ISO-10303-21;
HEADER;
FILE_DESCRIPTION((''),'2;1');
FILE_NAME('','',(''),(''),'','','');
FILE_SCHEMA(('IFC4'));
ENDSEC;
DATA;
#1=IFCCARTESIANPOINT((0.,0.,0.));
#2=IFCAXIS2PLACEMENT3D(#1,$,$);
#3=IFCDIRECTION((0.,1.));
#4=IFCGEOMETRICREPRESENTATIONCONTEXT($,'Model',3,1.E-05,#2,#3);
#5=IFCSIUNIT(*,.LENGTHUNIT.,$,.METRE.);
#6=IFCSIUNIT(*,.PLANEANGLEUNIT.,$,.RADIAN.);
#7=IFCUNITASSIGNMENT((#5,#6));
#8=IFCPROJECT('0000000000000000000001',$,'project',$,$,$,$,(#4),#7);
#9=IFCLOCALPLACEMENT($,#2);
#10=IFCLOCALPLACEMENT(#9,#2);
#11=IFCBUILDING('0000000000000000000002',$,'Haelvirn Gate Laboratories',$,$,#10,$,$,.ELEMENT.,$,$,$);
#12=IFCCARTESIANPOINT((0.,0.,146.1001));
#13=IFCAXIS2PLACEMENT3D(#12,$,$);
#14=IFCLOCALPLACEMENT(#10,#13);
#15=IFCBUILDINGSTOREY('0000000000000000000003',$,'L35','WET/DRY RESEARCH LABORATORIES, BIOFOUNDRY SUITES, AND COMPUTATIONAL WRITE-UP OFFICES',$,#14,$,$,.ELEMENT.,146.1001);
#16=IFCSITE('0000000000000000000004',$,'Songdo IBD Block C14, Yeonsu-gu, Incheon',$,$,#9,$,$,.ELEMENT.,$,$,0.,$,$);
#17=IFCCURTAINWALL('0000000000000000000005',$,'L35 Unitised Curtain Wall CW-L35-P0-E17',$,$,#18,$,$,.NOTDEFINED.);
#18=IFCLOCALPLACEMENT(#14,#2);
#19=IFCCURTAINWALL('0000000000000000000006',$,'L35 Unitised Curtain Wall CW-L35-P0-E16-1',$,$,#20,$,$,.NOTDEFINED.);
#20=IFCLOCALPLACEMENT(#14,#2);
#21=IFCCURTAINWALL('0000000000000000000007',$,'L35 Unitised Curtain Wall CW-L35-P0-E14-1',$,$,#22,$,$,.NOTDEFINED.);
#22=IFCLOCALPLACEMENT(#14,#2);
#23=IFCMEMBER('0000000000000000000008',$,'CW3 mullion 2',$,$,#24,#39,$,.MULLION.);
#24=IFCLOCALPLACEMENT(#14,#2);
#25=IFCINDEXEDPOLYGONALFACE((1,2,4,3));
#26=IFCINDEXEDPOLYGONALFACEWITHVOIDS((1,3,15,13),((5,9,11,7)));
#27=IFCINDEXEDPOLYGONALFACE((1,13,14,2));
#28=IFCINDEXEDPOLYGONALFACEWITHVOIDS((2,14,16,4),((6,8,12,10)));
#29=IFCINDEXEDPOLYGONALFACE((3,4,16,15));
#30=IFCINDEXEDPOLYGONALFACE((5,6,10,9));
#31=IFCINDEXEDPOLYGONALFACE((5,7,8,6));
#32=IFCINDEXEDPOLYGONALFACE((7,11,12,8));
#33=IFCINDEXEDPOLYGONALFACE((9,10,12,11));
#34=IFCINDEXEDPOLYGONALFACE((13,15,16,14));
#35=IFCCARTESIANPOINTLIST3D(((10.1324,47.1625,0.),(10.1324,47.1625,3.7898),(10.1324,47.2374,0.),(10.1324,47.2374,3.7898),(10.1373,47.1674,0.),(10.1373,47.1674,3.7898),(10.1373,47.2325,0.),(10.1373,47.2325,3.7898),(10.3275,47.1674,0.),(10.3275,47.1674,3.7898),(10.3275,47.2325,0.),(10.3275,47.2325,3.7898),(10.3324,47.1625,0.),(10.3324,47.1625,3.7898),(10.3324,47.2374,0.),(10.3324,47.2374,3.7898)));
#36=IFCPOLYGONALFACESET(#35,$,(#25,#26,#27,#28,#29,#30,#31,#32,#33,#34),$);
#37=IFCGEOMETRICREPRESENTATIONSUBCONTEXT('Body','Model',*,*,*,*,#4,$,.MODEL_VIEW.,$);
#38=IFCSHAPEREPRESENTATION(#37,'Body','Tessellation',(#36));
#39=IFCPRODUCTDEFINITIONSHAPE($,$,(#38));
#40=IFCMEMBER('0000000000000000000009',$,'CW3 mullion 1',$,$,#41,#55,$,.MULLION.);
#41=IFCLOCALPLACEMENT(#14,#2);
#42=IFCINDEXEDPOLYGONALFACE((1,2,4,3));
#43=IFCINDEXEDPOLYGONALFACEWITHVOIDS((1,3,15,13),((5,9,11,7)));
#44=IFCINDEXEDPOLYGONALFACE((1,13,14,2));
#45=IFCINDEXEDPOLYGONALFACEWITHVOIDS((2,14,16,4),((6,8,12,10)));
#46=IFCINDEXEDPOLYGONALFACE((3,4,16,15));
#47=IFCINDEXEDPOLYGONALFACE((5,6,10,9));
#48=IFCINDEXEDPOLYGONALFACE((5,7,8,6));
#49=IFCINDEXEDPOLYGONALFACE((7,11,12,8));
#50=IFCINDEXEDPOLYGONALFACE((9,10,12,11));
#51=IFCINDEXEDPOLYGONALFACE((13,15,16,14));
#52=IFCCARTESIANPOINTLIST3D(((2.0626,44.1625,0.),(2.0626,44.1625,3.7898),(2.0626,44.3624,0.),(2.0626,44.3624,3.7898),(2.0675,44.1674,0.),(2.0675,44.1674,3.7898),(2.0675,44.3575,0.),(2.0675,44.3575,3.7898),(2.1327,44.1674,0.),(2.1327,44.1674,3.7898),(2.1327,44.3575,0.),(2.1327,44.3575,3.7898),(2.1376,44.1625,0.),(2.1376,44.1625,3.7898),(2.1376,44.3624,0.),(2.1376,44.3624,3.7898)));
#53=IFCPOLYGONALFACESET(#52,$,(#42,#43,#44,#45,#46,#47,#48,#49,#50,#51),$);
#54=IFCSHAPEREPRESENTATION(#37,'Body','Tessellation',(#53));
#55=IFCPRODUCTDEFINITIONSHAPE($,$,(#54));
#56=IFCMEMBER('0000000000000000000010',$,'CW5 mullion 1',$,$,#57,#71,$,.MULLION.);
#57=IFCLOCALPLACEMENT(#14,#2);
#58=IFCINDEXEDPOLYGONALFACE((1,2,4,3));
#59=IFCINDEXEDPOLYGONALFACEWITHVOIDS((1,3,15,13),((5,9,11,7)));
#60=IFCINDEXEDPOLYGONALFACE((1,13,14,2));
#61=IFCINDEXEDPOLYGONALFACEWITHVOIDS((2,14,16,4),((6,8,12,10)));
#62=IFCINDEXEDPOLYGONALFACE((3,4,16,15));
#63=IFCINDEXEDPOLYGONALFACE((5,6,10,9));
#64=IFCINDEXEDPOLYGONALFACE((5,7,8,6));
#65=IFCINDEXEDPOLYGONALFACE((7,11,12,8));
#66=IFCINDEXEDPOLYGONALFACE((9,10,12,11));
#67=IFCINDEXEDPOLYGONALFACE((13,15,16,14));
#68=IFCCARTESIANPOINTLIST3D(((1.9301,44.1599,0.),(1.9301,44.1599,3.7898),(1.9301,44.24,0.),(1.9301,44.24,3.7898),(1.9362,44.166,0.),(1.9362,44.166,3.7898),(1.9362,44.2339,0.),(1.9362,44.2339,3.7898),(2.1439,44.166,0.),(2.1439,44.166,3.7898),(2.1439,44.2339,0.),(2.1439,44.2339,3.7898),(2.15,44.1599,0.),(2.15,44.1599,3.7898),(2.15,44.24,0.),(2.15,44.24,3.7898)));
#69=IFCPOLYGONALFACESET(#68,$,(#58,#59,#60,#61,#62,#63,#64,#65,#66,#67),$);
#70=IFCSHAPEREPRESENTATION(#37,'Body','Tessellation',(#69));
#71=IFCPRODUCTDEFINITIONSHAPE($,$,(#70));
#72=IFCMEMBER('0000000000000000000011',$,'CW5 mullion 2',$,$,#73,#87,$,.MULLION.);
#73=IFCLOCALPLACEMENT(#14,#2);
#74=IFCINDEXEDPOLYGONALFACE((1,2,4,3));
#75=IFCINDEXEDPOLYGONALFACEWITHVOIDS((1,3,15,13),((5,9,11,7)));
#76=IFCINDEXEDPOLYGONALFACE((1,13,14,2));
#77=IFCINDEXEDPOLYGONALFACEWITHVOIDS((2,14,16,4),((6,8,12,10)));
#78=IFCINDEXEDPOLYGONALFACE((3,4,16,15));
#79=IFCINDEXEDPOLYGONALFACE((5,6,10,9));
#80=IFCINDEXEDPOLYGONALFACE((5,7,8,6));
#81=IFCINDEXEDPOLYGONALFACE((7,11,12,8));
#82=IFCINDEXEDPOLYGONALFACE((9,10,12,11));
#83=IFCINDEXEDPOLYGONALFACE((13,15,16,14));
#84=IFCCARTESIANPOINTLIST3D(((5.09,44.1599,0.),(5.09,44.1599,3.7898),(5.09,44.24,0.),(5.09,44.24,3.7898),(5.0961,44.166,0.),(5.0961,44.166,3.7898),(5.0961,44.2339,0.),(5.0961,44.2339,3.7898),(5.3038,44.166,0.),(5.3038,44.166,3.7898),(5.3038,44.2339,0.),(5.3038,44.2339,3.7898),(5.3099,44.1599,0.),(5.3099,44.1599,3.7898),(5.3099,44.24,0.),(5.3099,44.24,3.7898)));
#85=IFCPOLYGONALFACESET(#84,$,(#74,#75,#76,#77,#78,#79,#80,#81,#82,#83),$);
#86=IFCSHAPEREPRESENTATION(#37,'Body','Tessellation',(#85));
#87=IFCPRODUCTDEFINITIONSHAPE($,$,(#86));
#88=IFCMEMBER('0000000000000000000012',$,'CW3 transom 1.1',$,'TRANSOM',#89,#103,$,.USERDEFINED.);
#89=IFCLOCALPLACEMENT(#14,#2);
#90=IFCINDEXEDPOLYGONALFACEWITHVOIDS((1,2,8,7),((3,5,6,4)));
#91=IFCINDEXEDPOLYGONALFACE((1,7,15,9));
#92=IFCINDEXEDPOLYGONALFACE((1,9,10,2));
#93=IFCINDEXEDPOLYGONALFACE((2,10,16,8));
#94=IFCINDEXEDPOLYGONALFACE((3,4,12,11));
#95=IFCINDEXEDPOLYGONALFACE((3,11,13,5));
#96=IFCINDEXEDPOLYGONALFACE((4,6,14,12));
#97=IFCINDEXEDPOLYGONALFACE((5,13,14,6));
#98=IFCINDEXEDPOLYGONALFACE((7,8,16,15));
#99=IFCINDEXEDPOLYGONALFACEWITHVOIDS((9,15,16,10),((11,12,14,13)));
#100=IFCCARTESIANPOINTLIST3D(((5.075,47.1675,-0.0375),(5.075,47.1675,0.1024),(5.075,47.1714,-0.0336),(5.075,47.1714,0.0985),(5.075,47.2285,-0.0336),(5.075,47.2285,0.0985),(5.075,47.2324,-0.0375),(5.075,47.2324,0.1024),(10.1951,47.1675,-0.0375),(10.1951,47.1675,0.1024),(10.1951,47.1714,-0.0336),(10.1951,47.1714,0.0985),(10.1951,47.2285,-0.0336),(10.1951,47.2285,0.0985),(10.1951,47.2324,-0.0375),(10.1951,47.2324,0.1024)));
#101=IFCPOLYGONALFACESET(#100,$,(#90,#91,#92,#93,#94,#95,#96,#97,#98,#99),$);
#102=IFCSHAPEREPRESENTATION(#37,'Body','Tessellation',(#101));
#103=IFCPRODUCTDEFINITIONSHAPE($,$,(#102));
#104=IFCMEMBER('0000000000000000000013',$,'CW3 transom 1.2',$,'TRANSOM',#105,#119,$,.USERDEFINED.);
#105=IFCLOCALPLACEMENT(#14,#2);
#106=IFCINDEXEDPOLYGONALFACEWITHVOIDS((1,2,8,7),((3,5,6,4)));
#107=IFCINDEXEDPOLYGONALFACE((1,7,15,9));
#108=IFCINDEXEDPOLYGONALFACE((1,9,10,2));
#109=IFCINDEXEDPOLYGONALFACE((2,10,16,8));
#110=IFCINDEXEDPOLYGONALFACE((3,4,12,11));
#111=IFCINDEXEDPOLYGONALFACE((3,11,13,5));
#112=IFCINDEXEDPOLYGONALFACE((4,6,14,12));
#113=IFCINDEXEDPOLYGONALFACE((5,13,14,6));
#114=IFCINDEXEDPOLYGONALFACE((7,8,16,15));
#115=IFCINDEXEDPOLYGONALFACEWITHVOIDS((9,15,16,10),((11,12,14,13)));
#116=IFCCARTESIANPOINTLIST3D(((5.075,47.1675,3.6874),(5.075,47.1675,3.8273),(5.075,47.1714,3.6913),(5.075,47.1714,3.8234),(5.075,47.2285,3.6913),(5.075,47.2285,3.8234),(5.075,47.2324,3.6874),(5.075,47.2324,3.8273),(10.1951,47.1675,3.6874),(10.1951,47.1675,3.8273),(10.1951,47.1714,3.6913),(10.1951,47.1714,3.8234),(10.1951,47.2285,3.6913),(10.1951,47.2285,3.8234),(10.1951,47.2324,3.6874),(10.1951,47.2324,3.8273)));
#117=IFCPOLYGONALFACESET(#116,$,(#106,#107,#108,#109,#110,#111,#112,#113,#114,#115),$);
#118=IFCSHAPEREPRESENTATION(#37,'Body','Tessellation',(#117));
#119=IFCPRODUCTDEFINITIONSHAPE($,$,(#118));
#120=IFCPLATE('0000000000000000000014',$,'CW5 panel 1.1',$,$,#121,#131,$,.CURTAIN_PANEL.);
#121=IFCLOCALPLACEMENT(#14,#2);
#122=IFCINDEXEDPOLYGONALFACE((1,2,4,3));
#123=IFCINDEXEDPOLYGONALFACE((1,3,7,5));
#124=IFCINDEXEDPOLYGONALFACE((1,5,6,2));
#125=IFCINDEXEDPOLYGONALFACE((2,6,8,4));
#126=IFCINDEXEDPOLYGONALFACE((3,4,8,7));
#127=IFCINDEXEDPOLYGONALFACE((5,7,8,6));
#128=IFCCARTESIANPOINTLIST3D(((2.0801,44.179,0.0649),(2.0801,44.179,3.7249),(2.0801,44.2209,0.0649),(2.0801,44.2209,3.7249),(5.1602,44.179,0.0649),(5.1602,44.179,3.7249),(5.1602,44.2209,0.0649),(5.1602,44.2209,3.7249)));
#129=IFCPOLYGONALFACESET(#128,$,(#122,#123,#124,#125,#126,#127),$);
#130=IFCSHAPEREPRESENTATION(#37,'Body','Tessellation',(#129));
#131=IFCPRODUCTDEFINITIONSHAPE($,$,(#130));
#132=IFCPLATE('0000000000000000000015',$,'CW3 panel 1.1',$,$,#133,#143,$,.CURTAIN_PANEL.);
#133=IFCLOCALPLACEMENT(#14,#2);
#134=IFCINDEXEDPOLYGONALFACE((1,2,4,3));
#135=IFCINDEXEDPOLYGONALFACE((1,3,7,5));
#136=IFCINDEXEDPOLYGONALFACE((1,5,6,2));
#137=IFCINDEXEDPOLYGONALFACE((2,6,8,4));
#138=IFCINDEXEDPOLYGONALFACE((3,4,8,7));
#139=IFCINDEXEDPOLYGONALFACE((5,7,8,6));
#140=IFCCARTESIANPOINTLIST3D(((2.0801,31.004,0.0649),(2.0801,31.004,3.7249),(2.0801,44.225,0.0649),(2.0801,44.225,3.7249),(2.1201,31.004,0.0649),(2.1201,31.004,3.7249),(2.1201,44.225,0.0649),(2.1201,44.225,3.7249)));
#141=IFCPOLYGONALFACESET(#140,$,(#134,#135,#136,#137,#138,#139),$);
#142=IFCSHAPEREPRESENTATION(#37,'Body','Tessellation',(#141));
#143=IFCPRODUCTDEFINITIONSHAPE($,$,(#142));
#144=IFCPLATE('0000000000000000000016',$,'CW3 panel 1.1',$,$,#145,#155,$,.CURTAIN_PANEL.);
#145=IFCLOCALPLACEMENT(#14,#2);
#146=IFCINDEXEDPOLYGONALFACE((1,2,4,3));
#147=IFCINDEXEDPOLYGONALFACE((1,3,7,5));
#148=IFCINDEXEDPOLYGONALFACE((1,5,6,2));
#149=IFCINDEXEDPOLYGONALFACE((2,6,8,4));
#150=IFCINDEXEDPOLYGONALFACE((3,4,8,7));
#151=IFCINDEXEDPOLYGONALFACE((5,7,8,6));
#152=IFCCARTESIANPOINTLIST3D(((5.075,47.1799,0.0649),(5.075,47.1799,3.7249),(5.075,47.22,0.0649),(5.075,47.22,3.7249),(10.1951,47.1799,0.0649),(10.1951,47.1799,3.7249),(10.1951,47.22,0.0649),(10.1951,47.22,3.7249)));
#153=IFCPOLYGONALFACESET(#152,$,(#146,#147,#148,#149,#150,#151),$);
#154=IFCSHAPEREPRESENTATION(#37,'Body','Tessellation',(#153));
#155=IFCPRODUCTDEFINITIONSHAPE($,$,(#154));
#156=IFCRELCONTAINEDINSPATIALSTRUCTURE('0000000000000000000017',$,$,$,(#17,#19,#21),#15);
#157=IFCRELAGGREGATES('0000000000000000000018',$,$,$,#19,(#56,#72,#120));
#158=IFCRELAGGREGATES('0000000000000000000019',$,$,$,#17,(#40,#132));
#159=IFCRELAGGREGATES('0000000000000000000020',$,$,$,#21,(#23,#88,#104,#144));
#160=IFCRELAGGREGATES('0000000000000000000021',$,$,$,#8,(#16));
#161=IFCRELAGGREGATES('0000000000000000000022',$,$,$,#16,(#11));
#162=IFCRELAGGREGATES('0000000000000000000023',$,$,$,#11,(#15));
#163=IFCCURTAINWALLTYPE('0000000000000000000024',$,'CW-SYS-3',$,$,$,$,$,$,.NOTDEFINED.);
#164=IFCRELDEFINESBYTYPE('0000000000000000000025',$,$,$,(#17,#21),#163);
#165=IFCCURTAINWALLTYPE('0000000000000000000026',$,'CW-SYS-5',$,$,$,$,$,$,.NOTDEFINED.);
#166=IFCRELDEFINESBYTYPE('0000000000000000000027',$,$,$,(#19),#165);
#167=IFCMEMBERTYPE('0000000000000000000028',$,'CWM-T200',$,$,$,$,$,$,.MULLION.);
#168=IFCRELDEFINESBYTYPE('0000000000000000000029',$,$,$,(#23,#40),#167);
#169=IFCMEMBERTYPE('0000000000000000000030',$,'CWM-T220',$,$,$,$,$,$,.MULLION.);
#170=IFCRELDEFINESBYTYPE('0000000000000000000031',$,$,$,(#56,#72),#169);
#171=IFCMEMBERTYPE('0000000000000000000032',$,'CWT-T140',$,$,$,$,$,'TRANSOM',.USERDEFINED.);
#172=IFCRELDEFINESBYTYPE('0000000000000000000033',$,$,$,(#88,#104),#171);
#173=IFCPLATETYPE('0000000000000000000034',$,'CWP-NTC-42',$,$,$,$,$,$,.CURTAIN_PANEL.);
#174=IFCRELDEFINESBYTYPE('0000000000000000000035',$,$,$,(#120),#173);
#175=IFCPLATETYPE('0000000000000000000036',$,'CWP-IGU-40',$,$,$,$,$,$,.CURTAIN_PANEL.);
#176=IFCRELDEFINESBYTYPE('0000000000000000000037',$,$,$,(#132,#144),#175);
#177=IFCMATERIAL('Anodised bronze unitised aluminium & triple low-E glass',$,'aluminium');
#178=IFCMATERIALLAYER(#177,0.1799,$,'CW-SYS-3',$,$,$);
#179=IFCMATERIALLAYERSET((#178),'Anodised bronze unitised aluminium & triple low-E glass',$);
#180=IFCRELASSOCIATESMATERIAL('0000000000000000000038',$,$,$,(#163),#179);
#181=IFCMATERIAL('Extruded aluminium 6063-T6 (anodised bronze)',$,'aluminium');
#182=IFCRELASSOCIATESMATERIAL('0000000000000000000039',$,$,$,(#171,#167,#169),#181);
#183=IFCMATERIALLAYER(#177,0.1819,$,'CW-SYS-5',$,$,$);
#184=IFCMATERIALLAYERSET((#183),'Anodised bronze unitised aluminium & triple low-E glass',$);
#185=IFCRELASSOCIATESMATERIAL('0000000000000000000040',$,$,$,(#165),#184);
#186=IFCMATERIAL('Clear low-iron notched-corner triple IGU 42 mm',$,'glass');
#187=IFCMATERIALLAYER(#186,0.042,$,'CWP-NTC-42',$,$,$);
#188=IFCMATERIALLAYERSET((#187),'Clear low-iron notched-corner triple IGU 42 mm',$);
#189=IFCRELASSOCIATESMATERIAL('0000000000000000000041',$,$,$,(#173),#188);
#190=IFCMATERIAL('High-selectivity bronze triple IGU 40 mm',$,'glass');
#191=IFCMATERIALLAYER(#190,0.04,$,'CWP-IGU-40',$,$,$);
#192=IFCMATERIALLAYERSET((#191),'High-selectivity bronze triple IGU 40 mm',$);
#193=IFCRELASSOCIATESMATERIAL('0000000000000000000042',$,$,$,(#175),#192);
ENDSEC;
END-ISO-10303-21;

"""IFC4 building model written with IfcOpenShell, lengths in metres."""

from ifc_helpers import new_model, si_unit, direction, frame, origin, origin_2d, place, context, subcontext, project, spatial, rectangle, hollow_rectangle, extrude, source, transform, mapped, material, layer, layer_set, material_profile, profile_set, type_object, type_shapes, element, aggregate, save


model = new_model("IFC4")

# Units and contexts
model_context = context("Model", 3, precision=1e-05, world=origin(), true_north=direction((0.0, 1.0)))
body_context = subcontext(model_context, "Body", "Model", "MODEL_VIEW")
ifc_project = project(units=[si_unit("LENGTHUNIT", "METRE"), si_unit("PLANEANGLEUNIT", "RADIAN")], contexts=[model_context])

# Site, building, storey
site_placement = place(None, origin())
site = spatial("IfcSite", under=ifc_project, at=site_placement, Name="Songdo IBD Block C14, Yeonsu-gu, Incheon", CompositionType="ELEMENT", RefElevation=0.0)
building_placement = place(site_placement, origin())
building = spatial("IfcBuilding", under=site, at=building_placement, Name="Haelvirn Gate Laboratories", CompositionType="ELEMENT")
storey_placement = place(building_placement, frame((0.0, 0.0, 146.1001)))
storey = spatial("IfcBuildingStorey", under=building, at=storey_placement, Name="L35", Description="WET/DRY RESEARCH LABORATORIES, BIOFOUNDRY SUITES, AND COMPUTATIONAL WRITE-UP OFFICES", CompositionType="ELEMENT", Elevation=146.1001)

# Curtain walls, member
ifc_material_1 = material(Name="Anodised bronze unitised aluminium & triple low-E glass", Category="aluminium")
ifc_layer_1 = layer(ifc_material_1, 0.1799, Name="CW-SYS-3")
ifc_layer_set_1 = layer_set([ifc_layer_1], Name="Anodised bronze unitised aluminium & triple low-E glass")
curtain_wall_type_1 = type_object("IfcCurtainWallType", Name="CW-SYS-3", PredefinedType="NOTDEFINED", material=ifc_layer_set_1)
curtain_wall_1_placement = place(storey_placement, origin())
curtain_wall_1 = element("IfcCurtainWall", 1, at=curtain_wall_1_placement, inside=storey, type_object=curtain_wall_type_1, Name="L35 Unitised Curtain Wall CW-L35-P0-E17", PredefinedType="NOTDEFINED")
ifc_material_2 = material(Name="Extruded aluminium 6063-T6 (anodised bronze)", Category="aluminium")
ifc_material_profile_1 = material_profile(ifc_material_2, hollow_rectangle(XDim=0.0649, YDim=0.1399, WallThickness=0.0039, at=origin_2d()), Name="CWT-140x65x4")
ifc_profile_set_1 = profile_set([ifc_material_profile_1], Name="Extruded aluminium 6063-T6 (anodised bronze)")
member_type_1 = type_object("IfcMemberType", Name="CWT-T140", ElementType="TRANSOM", PredefinedType="USERDEFINED", material=ifc_profile_set_1)
ifc_layer_2 = layer(ifc_material_1, 0.1819, Name="CW-SYS-5")
ifc_layer_set_2 = layer_set([ifc_layer_2], Name="Anodised bronze unitised aluminium & triple low-E glass")
curtain_wall_type_2 = type_object("IfcCurtainWallType", Name="CW-SYS-5", PredefinedType="NOTDEFINED", material=ifc_layer_set_2)
curtain_wall_2_placement = place(storey_placement, origin())
curtain_wall_2 = element("IfcCurtainWall", 2, at=curtain_wall_2_placement, inside=storey, type_object=curtain_wall_type_2, Name="L35 Unitised Curtain Wall CW-L35-P0-E16-1", PredefinedType="NOTDEFINED")
curtain_wall_3_placement = place(storey_placement, origin())
curtain_wall_3 = element("IfcCurtainWall", 3, at=curtain_wall_3_placement, inside=storey, type_object=curtain_wall_type_1, Name="L35 Unitised Curtain Wall CW-L35-P0-E14-1", PredefinedType="NOTDEFINED")
ifc_material_profile_2 = material_profile(ifc_material_2, hollow_rectangle(XDim=0.075, YDim=0.2, WallThickness=0.0049, at=origin_2d()), Name="CWM-200x75x5")
ifc_profile_set_2 = profile_set([ifc_material_profile_2], Name="Extruded aluminium 6063-T6 (anodised bronze)")
member_type_2 = type_object("IfcMemberType", Name="CWM-T200", PredefinedType="MULLION", material=ifc_profile_set_2)
shared_shape_1 = source(origin(), body_context, "Body", "SweptSolid", [
    extrude(hollow_rectangle(XDim=0.075, YDim=0.2, WallThickness=0.0049, at=origin_2d()), origin(), (0.0, 0.0, 1.0), 3.7898),
])
type_shapes(member_type_2, [shared_shape_1])
member_1_placement = place(storey_placement, frame((10.2324, 47.2, 0.0), z_axis=(0.0, 0.0, 1.0), x_axis=(0.0, 1.0, 0.0)))
member_1 = element("IfcMember", 4, at=member_1_placement, type_object=member_type_2, Name="CW3 mullion 2", PredefinedType="MULLION", context=body_context, shape_type="MappedRepresentation", body=[
    mapped(shared_shape_1, transform((0.0, 0.0, 0.0), scale=1.0)),
])

# Members
member_2_placement = place(storey_placement, frame((2.1001, 44.2625, 0.0), z_axis=(0.0, 0.0, 1.0), x_axis=(1.0, 0.0, 0.0)))
member_2 = element("IfcMember", 5, at=member_2_placement, type_object=member_type_2, Name="CW3 mullion 1", PredefinedType="MULLION", context=body_context, shape_type="MappedRepresentation", body=[
    mapped(shared_shape_1, transform((0.0, 0.0, 0.0), scale=1.0)),
])
ifc_material_profile_3 = material_profile(ifc_material_2, hollow_rectangle(XDim=0.0801, YDim=0.22, WallThickness=0.0061, at=origin_2d()), Name="CWM-220x80x6")
ifc_profile_set_3 = profile_set([ifc_material_profile_3], Name="Extruded aluminium 6063-T6 (anodised bronze)")
member_type_3 = type_object("IfcMemberType", Name="CWM-T220", PredefinedType="MULLION", material=ifc_profile_set_3)
shared_shape_2 = source(origin(), body_context, "Body", "SweptSolid", [
    extrude(hollow_rectangle(XDim=0.0801, YDim=0.22, WallThickness=0.0061, at=origin_2d()), origin(), (0.0, 0.0, 1.0), 3.7898),
])
type_shapes(member_type_3, [shared_shape_2])
member_3_placement = place(storey_placement, frame((2.04, 44.2, 0.0), z_axis=(0.0, 0.0, 1.0), x_axis=(0.0, 1.0, 0.0)))
member_3 = element("IfcMember", 6, at=member_3_placement, type_object=member_type_3, Name="CW5 mullion 1", PredefinedType="MULLION", context=body_context, shape_type="MappedRepresentation", body=[
    mapped(shared_shape_2, transform((0.0, 0.0, 0.0), scale=1.0)),
])
member_4_placement = place(storey_placement, frame((5.2, 44.2, 0.0), z_axis=(0.0, 0.0, 1.0), x_axis=(0.0, 1.0, 0.0)))
member_4 = element("IfcMember", 7, at=member_4_placement, type_object=member_type_3, Name="CW5 mullion 2", PredefinedType="MULLION", context=body_context, shape_type="MappedRepresentation", body=[
    mapped(shared_shape_2, transform((0.0, 0.0, 0.0), scale=1.0)),
])
shared_shape_3 = source(origin(), body_context, "Body", "SweptSolid", [
    extrude(hollow_rectangle(XDim=0.0649, YDim=0.1399, WallThickness=0.0039, at=origin_2d()), origin(), (0.0, 0.0, 1.0), 5.1201),
])
member_5_placement = place(storey_placement, frame((5.075, 47.2, 0.0325), z_axis=(1.0, 0.0, 0.0), x_axis=(0.0, 1.0, 0.0)))
member_5 = element("IfcMember", 8, at=member_5_placement, type_object=member_type_1, Name="CW3 transom 1.1", ObjectType="TRANSOM", PredefinedType="USERDEFINED", context=body_context, shape_type="MappedRepresentation", body=[
    mapped(shared_shape_3, transform((0.0, 0.0, 0.0), scale=1.0)),
])
member_6_placement = place(storey_placement, frame((5.075, 47.2, 3.7573), z_axis=(1.0, 0.0, 0.0), x_axis=(0.0, 1.0, 0.0)))
member_6 = element("IfcMember", 9, at=member_6_placement, type_object=member_type_1, Name="CW3 transom 1.2", ObjectType="TRANSOM", PredefinedType="USERDEFINED", context=body_context, shape_type="MappedRepresentation", body=[
    mapped(shared_shape_3, transform((0.0, 0.0, 0.0), scale=1.0)),
])

# Plates
ifc_material_3 = material(Name="Clear low-iron notched-corner triple IGU 42 mm", Category="glass")
ifc_layer_3 = layer(ifc_material_3, 0.042, Name="CWP-NTC-42")
ifc_layer_set_3 = layer_set([ifc_layer_3], Name="Clear low-iron notched-corner triple IGU 42 mm")
plate_type_1 = type_object("IfcPlateType", Name="CWP-NTC-42", PredefinedType="CURTAIN_PANEL", material=ifc_layer_set_3)
shared_shape_4 = source(origin(), body_context, "Body", "SweptSolid", [
    extrude(rectangle(XDim=3.0801, YDim=0.042, at=origin_2d()), origin(), (0.0, 0.0, 1.0), 3.6599),
])
type_shapes(plate_type_1, [shared_shape_4])
plate_1_placement = place(storey_placement, frame((3.6201, 44.2, 0.0649), z_axis=(0.0, 0.0, 1.0), x_axis=(1.0, 0.0, 0.0)))
plate_1 = element("IfcPlate", 10, at=plate_1_placement, type_object=plate_type_1, Name="CW5 panel 1.1", PredefinedType="CURTAIN_PANEL", context=body_context, shape_type="MappedRepresentation", body=[
    mapped(shared_shape_4, transform((0.0, 0.0, 0.0), scale=1.0)),
])
aggregate(curtain_wall_2, [member_3, member_4, plate_1])
ifc_material_4 = material(Name="High-selectivity bronze triple IGU 40 mm", Category="glass")
ifc_layer_4 = layer(ifc_material_4, 0.04, Name="CWP-IGU-40")
ifc_layer_set_4 = layer_set([ifc_layer_4], Name="High-selectivity bronze triple IGU 40 mm")
plate_type_2 = type_object("IfcPlateType", Name="CWP-IGU-40", PredefinedType="CURTAIN_PANEL", material=ifc_layer_set_4)
shared_shape_5 = source(origin(), body_context, "Body", "SweptSolid", [
    extrude(rectangle(XDim=13.2209, YDim=0.04, at=origin_2d()), origin(), (0.0, 0.0, 1.0), 3.6599),
])
plate_2_placement = place(storey_placement, frame((2.1001, 37.6145, 0.0649), z_axis=(0.0, 0.0, 1.0), x_axis=(0.0, -1.0, 0.0)))
plate_2 = element("IfcPlate", 11, at=plate_2_placement, type_object=plate_type_2, Name="CW3 panel 1.1", PredefinedType="CURTAIN_PANEL", context=body_context, shape_type="MappedRepresentation", body=[
    mapped(shared_shape_5, transform((0.0, 0.0, 0.0), scale=1.0)),
])
aggregate(curtain_wall_1, [member_2, plate_2])
shared_shape_6 = source(origin(), body_context, "Body", "SweptSolid", [
    extrude(rectangle(XDim=5.1201, YDim=0.04, at=origin_2d()), origin(), (0.0, 0.0, 1.0), 3.6599),
])
type_shapes(plate_type_2, [shared_shape_5, shared_shape_6])
plate_3_placement = place(storey_placement, frame((7.635, 47.2, 0.0649), z_axis=(0.0, 0.0, 1.0), x_axis=(1.0, 0.0, 0.0)))
plate_3 = element("IfcPlate", 12, at=plate_3_placement, type_object=plate_type_2, Name="CW3 panel 1.1", PredefinedType="CURTAIN_PANEL", context=body_context, shape_type="MappedRepresentation", body=[
    mapped(shared_shape_6, transform((0.0, 0.0, 0.0), scale=1.0)),
])
aggregate(curtain_wall_3, [member_1, member_5, member_6, plate_3])

save(model, "model.ifc")
